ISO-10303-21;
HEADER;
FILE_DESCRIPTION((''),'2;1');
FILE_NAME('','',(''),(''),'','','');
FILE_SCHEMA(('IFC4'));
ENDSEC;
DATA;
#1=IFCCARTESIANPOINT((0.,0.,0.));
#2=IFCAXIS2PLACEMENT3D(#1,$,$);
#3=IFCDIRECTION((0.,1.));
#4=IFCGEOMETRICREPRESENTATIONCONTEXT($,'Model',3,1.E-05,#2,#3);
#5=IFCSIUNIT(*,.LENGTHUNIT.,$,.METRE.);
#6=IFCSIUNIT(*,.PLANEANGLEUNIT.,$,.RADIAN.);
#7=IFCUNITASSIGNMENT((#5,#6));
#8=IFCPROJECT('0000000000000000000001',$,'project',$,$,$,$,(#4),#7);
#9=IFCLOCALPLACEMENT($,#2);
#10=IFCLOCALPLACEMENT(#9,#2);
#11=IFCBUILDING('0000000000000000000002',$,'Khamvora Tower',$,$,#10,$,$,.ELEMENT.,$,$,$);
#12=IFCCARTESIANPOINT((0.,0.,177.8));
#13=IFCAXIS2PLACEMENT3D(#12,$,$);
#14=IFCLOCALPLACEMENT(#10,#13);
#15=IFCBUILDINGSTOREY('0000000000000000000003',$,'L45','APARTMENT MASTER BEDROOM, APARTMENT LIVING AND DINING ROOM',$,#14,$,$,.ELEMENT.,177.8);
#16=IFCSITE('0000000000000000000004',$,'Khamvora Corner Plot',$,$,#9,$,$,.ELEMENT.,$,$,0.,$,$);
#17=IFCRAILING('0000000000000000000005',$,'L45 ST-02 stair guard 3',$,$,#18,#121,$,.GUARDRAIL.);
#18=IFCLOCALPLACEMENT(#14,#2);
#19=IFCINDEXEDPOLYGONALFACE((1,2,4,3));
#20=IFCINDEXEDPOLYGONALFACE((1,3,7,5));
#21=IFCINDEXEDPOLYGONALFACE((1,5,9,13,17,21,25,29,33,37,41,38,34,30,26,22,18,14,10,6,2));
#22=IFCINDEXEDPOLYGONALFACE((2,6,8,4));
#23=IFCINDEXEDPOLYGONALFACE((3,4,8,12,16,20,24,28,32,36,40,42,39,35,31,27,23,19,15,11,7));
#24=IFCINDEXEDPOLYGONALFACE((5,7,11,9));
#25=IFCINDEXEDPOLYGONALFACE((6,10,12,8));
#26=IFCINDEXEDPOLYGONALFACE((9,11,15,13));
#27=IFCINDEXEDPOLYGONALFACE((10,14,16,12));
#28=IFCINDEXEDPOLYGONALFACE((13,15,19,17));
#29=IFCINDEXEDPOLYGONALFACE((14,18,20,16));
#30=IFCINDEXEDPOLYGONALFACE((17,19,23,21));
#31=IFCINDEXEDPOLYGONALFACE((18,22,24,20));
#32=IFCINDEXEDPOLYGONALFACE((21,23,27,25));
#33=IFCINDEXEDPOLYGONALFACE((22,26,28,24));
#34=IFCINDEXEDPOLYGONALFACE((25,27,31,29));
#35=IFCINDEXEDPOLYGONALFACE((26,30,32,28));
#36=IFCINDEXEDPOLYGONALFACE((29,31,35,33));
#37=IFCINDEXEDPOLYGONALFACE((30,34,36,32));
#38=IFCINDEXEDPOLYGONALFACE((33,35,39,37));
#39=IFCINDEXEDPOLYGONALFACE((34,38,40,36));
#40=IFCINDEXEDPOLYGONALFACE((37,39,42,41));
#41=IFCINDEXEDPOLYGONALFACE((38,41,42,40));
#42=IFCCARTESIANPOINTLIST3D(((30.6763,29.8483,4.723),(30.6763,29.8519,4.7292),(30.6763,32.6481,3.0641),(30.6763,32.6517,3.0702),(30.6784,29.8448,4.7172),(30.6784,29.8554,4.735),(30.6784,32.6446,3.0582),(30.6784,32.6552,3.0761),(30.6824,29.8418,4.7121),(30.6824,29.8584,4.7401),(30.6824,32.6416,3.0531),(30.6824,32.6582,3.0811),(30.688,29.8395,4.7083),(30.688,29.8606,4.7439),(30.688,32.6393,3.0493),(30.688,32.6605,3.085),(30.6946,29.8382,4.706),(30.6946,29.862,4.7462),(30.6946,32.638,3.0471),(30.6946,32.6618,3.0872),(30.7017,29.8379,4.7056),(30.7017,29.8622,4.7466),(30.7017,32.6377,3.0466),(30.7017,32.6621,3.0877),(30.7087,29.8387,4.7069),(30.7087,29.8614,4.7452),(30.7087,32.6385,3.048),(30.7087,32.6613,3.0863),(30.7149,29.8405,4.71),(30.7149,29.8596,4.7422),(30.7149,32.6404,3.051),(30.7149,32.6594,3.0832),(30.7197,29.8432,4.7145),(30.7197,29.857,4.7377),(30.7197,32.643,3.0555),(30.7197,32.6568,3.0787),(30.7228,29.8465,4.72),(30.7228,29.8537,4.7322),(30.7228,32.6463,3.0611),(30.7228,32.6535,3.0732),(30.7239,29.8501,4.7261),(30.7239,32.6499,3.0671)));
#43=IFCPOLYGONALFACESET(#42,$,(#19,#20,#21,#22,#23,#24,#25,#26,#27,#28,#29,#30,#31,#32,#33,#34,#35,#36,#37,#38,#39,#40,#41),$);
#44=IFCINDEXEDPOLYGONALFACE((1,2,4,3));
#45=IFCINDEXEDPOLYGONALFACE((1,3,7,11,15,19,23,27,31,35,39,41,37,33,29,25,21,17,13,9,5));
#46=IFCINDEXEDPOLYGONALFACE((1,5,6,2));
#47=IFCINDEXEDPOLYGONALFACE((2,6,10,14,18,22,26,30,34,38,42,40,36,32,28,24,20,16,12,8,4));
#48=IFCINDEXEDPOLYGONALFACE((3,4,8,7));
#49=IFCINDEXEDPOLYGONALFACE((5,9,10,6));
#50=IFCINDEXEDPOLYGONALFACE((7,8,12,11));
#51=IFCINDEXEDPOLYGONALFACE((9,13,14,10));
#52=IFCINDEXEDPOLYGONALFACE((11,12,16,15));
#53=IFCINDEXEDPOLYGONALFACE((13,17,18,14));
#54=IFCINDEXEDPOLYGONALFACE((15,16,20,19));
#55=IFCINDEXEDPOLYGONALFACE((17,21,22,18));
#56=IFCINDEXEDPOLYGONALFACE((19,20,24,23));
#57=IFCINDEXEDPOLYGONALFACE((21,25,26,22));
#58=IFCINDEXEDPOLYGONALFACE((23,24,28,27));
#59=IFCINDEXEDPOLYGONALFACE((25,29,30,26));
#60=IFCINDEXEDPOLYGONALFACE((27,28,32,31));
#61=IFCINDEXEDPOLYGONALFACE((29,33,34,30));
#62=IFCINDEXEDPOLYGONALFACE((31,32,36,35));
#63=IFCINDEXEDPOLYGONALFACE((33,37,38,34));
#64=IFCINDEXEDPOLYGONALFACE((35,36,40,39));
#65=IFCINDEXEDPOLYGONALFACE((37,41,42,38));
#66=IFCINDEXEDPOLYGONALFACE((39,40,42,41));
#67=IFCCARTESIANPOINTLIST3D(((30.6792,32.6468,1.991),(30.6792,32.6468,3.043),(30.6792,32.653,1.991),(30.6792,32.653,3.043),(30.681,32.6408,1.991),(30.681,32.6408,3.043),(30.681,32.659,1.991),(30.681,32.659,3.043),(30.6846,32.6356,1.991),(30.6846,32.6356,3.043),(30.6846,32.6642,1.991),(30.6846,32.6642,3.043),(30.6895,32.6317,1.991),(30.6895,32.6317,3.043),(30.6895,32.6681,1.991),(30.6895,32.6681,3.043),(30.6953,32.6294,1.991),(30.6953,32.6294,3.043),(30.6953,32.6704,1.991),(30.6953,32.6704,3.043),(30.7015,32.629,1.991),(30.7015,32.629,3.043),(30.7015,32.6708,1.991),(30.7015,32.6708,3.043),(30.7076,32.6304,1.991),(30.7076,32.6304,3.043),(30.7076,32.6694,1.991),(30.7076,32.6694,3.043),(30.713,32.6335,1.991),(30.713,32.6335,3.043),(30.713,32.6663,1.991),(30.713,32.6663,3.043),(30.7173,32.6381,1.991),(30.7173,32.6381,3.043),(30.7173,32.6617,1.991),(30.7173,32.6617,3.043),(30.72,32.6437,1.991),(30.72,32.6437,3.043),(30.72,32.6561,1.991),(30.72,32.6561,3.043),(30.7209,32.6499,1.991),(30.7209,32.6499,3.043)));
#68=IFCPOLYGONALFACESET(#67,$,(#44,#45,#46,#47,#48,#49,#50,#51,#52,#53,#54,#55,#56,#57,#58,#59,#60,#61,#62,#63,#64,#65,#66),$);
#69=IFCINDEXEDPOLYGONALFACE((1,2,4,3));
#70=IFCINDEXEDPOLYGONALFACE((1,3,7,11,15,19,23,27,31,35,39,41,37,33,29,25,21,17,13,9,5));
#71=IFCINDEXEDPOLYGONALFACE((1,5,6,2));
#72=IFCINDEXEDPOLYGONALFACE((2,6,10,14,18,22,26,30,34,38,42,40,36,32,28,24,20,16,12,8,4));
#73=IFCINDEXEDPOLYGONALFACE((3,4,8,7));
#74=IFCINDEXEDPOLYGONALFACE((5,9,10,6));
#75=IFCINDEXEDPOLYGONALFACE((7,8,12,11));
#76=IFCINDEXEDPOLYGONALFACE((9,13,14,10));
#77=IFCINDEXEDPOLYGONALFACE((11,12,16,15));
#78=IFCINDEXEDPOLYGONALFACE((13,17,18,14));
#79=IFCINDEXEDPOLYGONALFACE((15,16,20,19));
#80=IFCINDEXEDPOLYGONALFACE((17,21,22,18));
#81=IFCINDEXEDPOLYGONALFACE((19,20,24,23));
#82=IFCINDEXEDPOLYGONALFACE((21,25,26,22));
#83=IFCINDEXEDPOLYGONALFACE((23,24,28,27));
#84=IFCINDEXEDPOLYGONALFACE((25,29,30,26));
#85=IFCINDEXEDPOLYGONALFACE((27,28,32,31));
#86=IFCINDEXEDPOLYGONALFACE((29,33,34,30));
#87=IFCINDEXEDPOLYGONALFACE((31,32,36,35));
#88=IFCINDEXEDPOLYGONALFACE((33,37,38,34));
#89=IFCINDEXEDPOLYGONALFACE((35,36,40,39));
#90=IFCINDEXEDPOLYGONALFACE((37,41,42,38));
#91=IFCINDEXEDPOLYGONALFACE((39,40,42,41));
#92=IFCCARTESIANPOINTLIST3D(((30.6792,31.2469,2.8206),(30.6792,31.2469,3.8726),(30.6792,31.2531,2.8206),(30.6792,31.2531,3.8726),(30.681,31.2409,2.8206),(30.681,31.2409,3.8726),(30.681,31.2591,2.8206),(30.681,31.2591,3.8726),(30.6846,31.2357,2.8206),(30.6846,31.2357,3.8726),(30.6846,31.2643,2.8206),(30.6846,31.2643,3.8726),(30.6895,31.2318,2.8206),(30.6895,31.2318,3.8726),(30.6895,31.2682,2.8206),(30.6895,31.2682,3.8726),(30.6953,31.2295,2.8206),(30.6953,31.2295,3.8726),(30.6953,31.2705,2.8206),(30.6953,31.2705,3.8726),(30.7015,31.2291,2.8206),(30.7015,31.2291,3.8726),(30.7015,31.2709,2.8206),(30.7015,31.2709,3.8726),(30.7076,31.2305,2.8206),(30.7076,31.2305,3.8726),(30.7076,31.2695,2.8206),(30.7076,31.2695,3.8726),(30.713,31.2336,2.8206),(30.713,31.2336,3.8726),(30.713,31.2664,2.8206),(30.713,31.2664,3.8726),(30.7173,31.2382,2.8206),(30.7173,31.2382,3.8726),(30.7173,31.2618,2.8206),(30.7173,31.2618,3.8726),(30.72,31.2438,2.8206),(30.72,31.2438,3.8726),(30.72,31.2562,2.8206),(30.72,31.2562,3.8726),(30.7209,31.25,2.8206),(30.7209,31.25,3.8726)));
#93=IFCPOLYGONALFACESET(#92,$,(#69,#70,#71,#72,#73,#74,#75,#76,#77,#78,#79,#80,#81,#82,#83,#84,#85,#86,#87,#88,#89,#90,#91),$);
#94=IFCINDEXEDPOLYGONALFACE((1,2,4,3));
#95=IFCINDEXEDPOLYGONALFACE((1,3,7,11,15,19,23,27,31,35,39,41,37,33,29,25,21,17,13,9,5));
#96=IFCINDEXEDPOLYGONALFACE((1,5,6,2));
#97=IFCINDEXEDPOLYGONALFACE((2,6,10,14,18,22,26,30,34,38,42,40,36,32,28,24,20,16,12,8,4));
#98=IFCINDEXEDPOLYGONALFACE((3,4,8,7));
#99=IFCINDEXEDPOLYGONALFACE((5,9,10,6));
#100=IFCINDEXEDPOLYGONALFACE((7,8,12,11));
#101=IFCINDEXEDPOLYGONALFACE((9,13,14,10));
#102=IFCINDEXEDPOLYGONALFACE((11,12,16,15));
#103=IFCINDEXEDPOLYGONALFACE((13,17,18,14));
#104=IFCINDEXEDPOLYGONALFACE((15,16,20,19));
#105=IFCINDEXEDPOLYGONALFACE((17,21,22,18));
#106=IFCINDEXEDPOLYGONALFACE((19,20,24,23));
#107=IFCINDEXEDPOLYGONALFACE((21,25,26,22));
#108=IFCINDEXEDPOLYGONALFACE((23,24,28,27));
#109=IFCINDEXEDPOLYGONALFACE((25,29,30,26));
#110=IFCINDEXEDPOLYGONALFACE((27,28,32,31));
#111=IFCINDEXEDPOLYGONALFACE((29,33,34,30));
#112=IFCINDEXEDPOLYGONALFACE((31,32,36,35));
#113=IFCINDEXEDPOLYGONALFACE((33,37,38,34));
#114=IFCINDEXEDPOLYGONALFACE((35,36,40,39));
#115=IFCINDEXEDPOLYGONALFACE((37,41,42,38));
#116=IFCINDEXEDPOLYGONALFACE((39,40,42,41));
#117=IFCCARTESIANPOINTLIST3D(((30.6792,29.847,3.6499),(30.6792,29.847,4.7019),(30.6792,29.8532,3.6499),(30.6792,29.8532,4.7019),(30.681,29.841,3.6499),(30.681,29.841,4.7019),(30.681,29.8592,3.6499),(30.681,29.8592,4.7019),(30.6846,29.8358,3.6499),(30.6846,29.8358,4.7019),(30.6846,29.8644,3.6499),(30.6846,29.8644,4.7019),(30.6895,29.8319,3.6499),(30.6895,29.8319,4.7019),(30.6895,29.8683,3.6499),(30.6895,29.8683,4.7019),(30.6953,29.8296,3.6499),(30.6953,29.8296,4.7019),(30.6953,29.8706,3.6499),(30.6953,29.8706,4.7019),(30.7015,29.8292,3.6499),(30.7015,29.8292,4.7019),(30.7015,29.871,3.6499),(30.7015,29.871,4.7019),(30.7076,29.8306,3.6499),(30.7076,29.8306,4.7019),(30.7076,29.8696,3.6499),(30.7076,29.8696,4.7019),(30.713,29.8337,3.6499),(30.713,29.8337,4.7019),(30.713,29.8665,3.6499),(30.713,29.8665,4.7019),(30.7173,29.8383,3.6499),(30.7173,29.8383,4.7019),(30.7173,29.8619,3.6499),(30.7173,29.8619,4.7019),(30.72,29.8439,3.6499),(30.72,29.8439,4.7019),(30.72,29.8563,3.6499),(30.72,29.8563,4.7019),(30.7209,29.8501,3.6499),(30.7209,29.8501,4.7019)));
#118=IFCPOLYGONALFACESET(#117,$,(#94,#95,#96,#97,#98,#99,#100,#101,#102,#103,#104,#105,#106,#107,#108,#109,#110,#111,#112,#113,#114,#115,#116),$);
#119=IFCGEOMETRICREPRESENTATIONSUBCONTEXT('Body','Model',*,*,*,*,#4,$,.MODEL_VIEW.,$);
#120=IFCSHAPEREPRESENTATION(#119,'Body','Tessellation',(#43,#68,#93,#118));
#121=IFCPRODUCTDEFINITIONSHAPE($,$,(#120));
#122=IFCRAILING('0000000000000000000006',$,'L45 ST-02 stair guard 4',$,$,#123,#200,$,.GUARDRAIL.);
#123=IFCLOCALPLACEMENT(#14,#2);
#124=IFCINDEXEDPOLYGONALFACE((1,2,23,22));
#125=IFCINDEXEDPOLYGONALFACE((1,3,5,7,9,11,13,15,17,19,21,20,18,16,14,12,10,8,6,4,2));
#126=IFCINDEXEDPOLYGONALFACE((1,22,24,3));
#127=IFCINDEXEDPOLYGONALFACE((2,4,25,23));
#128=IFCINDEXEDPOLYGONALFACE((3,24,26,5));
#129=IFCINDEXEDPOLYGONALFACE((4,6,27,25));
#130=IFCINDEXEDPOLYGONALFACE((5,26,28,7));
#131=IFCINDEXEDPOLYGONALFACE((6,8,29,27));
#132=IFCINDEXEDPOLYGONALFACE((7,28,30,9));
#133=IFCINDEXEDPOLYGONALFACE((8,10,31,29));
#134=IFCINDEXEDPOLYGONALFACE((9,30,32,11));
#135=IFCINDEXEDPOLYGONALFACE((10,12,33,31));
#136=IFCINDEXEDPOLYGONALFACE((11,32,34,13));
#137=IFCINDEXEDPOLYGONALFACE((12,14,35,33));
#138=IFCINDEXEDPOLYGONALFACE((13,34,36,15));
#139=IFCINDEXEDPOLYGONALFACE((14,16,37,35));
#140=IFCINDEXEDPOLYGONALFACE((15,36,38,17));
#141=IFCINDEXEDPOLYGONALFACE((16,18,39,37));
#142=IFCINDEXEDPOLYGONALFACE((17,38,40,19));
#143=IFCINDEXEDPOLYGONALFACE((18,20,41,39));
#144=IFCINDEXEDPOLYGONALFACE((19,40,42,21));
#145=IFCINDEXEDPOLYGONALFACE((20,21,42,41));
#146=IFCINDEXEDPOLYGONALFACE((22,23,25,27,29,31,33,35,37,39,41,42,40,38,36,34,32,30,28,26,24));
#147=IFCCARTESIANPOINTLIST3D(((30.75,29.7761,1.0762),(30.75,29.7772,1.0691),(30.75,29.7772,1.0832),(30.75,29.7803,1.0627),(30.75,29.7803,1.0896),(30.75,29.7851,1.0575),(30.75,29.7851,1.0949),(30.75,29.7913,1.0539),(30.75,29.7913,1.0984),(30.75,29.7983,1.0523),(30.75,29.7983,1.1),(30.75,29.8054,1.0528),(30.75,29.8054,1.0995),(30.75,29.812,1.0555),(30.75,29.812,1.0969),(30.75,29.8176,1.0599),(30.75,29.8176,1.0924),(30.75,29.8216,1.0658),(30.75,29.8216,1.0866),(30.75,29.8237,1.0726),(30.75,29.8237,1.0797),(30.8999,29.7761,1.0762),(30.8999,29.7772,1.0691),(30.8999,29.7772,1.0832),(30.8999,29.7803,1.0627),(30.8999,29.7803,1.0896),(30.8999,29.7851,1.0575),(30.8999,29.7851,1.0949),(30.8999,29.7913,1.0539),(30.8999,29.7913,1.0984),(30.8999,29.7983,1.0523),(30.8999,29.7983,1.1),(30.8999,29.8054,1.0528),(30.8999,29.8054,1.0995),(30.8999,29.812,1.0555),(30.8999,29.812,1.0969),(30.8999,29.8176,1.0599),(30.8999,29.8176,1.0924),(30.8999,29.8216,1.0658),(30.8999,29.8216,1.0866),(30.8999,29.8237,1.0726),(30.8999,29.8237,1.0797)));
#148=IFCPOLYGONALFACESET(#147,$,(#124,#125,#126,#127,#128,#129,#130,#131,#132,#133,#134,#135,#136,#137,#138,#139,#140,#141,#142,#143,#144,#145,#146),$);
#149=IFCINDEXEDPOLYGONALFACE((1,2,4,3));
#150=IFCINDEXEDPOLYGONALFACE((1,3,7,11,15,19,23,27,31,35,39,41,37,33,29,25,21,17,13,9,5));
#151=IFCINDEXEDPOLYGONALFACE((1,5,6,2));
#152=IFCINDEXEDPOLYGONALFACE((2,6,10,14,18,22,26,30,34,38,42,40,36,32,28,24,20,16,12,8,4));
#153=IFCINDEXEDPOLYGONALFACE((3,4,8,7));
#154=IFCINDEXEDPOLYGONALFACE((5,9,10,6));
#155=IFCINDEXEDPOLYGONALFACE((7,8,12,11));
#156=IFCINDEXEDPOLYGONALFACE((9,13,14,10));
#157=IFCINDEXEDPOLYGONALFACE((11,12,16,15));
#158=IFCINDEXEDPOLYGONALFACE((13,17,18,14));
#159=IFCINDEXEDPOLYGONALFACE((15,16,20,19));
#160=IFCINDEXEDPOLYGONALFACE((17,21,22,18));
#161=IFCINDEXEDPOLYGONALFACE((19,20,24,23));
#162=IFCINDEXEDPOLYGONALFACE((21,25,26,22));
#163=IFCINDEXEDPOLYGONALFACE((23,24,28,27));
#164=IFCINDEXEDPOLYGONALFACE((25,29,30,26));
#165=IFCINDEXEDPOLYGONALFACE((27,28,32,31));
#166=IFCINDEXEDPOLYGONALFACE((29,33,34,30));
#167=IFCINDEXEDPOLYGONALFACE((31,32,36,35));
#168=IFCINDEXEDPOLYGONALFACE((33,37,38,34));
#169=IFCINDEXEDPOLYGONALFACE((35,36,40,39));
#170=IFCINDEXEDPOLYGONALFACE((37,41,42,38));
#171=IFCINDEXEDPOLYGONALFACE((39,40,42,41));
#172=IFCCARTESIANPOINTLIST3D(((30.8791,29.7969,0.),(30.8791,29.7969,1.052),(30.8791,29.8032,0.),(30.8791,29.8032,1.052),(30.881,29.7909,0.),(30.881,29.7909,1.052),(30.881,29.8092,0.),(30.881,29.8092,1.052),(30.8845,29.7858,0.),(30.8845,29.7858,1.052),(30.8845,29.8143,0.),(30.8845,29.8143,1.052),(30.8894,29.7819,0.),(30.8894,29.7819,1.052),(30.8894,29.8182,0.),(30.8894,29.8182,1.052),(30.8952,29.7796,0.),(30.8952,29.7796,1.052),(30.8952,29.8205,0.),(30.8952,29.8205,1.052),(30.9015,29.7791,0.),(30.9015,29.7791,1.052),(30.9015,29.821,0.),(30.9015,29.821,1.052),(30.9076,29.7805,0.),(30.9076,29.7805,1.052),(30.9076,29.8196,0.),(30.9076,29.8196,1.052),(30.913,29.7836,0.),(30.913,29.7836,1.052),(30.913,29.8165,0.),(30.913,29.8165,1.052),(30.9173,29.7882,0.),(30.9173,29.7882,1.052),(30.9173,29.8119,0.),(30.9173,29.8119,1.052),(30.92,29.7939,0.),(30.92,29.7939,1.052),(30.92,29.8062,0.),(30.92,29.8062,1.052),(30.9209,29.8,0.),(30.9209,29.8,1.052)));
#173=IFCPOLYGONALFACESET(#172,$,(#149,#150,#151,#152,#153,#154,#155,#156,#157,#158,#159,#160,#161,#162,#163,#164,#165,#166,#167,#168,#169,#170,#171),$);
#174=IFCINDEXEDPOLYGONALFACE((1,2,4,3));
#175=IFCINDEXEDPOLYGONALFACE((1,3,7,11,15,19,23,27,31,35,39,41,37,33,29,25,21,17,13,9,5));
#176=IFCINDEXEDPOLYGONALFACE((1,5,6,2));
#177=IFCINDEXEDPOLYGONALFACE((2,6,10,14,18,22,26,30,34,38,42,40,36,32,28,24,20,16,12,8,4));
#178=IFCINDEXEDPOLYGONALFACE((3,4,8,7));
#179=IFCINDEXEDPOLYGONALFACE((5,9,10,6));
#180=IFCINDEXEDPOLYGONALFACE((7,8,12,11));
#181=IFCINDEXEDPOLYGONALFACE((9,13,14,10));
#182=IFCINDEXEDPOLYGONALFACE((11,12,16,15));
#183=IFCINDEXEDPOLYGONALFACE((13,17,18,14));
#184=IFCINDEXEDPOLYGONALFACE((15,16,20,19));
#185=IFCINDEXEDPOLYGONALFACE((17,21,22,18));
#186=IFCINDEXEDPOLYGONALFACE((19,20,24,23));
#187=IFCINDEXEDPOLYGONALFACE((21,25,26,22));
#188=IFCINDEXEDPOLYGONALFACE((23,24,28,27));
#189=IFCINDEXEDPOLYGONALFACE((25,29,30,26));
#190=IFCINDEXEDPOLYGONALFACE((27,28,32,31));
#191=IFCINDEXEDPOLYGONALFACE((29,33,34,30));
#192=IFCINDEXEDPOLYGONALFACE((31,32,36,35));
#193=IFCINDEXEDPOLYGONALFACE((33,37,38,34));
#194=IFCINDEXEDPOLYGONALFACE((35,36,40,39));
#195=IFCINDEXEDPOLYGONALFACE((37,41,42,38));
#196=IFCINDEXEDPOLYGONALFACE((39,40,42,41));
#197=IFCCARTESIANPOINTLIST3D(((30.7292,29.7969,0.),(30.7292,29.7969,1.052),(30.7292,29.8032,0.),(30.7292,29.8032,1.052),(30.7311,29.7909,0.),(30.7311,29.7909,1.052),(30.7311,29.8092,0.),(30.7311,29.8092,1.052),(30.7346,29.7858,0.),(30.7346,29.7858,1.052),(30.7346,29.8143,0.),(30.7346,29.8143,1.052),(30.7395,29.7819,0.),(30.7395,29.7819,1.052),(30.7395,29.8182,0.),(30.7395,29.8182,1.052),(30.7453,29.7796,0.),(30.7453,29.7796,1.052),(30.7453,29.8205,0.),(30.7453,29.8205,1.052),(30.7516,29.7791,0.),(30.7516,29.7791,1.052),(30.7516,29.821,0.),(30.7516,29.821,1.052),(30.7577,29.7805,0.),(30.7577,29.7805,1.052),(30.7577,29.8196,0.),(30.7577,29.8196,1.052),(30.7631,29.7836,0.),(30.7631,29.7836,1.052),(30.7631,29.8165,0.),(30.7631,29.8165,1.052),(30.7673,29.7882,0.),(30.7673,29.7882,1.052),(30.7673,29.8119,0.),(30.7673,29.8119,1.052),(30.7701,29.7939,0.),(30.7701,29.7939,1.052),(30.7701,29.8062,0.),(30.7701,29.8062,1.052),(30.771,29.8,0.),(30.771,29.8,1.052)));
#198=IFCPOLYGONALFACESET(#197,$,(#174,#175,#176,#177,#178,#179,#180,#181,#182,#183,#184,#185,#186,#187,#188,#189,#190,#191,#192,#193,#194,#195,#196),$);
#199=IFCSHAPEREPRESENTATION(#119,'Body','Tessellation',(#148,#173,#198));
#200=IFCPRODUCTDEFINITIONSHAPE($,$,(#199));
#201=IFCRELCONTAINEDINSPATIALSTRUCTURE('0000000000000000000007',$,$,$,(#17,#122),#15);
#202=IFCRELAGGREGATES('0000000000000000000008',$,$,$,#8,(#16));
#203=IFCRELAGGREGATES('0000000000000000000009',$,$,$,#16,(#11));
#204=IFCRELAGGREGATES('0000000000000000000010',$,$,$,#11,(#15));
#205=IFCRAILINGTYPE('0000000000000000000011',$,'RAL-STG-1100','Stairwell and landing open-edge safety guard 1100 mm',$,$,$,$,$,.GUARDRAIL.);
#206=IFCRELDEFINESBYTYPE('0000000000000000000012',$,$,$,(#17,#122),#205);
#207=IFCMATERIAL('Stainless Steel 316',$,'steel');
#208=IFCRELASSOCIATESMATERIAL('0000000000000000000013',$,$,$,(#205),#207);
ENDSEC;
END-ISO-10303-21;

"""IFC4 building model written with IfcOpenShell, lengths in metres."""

from ifc_helpers import new_model, si_unit, direction, frame, origin, origin_2d, place, context, subcontext, project, spatial, circle, extrude, material, type_object, element, save


model = new_model("IFC4")

# Units and contexts
model_context = context("Model", 3, precision=1e-05, world=origin(), true_north=direction((0.0, 1.0)))
body_context = subcontext(model_context, "Body", "Model", "MODEL_VIEW")
ifc_project = project(units=[si_unit("LENGTHUNIT", "METRE"), si_unit("PLANEANGLEUNIT", "RADIAN")], contexts=[model_context])

# Site, building, storey
site_placement = place(None, origin())
site = spatial("IfcSite", under=ifc_project, at=site_placement, Name="Khamvora Corner Plot", CompositionType="ELEMENT", RefElevation=0.0)
building_placement = place(site_placement, origin())
building = spatial("IfcBuilding", under=site, at=building_placement, Name="Khamvora Tower", CompositionType="ELEMENT")
storey_placement = place(building_placement, frame((0.0, 0.0, 177.8)))
storey = spatial("IfcBuildingStorey", under=building, at=storey_placement, Name="L45", Description="APARTMENT MASTER BEDROOM, APARTMENT LIVING AND DINING ROOM", CompositionType="ELEMENT", Elevation=177.8)

# Railings
ifc_material_1 = material(Name="Stainless Steel 316", Category="steel")
railing_type_1 = type_object("IfcRailingType", Name="RAL-STG-1100", Description="Stairwell and landing open-edge safety guard 1100 mm", PredefinedType="GUARDRAIL", material=ifc_material_1)
railing_1_placement = place(storey_placement, frame((30.7, 32.6499, 1.991)))
element("IfcRailing", 1, at=railing_1_placement, inside=storey, type_object=railing_type_1, Name="L45 ST-02 stair guard 3", PredefinedType="GUARDRAIL", context=body_context, shape_type="SweptSolid", body=[
    extrude(circle(Radius=0.0239, at=origin_2d()), frame((0.0, 0.0, 1.0762), z_axis=(0.0, -0.86032, 0.509755), x_axis=(1.0, 0.0, 0.0)), (0.0, 0.0, 1.0), 3.2544),
    extrude(circle(Radius=0.021, at=origin_2d()), origin(), (0.0, 0.0, 1.0), 1.052),
    extrude(circle(Radius=0.021, at=origin_2d()), frame((0.0, -1.3999, 0.8296)), (0.0, 0.0, 1.0), 1.052),
    extrude(circle(Radius=0.021, at=origin_2d()), frame((0.0, -2.7998, 1.6589)), (0.0, 0.0, 1.0), 1.052),
])
railing_2_placement = place(storey_placement, frame((30.8999, 29.8, 0.0)))
element("IfcRailing", 2, at=railing_2_placement, inside=storey, type_object=railing_type_1, Name="L45 ST-02 stair guard 4", PredefinedType="GUARDRAIL", context=body_context, shape_type="SweptSolid", body=[
    extrude(circle(Radius=0.0239, at=origin_2d()), frame((0.0, 0.0, 1.0762), z_axis=(-1.0, 0.0, 0.0), x_axis=(0.0, -1.0, 0.0)), (0.0, 0.0, 1.0), 0.1499),
    extrude(circle(Radius=0.021, at=origin_2d()), origin(), (0.0, 0.0, 1.0), 1.052),
    extrude(circle(Radius=0.021, at=origin_2d()), frame((-0.1499, 0.0, 0.0)), (0.0, 0.0, 1.0), 1.052),
])

save(model, "model.ifc")
